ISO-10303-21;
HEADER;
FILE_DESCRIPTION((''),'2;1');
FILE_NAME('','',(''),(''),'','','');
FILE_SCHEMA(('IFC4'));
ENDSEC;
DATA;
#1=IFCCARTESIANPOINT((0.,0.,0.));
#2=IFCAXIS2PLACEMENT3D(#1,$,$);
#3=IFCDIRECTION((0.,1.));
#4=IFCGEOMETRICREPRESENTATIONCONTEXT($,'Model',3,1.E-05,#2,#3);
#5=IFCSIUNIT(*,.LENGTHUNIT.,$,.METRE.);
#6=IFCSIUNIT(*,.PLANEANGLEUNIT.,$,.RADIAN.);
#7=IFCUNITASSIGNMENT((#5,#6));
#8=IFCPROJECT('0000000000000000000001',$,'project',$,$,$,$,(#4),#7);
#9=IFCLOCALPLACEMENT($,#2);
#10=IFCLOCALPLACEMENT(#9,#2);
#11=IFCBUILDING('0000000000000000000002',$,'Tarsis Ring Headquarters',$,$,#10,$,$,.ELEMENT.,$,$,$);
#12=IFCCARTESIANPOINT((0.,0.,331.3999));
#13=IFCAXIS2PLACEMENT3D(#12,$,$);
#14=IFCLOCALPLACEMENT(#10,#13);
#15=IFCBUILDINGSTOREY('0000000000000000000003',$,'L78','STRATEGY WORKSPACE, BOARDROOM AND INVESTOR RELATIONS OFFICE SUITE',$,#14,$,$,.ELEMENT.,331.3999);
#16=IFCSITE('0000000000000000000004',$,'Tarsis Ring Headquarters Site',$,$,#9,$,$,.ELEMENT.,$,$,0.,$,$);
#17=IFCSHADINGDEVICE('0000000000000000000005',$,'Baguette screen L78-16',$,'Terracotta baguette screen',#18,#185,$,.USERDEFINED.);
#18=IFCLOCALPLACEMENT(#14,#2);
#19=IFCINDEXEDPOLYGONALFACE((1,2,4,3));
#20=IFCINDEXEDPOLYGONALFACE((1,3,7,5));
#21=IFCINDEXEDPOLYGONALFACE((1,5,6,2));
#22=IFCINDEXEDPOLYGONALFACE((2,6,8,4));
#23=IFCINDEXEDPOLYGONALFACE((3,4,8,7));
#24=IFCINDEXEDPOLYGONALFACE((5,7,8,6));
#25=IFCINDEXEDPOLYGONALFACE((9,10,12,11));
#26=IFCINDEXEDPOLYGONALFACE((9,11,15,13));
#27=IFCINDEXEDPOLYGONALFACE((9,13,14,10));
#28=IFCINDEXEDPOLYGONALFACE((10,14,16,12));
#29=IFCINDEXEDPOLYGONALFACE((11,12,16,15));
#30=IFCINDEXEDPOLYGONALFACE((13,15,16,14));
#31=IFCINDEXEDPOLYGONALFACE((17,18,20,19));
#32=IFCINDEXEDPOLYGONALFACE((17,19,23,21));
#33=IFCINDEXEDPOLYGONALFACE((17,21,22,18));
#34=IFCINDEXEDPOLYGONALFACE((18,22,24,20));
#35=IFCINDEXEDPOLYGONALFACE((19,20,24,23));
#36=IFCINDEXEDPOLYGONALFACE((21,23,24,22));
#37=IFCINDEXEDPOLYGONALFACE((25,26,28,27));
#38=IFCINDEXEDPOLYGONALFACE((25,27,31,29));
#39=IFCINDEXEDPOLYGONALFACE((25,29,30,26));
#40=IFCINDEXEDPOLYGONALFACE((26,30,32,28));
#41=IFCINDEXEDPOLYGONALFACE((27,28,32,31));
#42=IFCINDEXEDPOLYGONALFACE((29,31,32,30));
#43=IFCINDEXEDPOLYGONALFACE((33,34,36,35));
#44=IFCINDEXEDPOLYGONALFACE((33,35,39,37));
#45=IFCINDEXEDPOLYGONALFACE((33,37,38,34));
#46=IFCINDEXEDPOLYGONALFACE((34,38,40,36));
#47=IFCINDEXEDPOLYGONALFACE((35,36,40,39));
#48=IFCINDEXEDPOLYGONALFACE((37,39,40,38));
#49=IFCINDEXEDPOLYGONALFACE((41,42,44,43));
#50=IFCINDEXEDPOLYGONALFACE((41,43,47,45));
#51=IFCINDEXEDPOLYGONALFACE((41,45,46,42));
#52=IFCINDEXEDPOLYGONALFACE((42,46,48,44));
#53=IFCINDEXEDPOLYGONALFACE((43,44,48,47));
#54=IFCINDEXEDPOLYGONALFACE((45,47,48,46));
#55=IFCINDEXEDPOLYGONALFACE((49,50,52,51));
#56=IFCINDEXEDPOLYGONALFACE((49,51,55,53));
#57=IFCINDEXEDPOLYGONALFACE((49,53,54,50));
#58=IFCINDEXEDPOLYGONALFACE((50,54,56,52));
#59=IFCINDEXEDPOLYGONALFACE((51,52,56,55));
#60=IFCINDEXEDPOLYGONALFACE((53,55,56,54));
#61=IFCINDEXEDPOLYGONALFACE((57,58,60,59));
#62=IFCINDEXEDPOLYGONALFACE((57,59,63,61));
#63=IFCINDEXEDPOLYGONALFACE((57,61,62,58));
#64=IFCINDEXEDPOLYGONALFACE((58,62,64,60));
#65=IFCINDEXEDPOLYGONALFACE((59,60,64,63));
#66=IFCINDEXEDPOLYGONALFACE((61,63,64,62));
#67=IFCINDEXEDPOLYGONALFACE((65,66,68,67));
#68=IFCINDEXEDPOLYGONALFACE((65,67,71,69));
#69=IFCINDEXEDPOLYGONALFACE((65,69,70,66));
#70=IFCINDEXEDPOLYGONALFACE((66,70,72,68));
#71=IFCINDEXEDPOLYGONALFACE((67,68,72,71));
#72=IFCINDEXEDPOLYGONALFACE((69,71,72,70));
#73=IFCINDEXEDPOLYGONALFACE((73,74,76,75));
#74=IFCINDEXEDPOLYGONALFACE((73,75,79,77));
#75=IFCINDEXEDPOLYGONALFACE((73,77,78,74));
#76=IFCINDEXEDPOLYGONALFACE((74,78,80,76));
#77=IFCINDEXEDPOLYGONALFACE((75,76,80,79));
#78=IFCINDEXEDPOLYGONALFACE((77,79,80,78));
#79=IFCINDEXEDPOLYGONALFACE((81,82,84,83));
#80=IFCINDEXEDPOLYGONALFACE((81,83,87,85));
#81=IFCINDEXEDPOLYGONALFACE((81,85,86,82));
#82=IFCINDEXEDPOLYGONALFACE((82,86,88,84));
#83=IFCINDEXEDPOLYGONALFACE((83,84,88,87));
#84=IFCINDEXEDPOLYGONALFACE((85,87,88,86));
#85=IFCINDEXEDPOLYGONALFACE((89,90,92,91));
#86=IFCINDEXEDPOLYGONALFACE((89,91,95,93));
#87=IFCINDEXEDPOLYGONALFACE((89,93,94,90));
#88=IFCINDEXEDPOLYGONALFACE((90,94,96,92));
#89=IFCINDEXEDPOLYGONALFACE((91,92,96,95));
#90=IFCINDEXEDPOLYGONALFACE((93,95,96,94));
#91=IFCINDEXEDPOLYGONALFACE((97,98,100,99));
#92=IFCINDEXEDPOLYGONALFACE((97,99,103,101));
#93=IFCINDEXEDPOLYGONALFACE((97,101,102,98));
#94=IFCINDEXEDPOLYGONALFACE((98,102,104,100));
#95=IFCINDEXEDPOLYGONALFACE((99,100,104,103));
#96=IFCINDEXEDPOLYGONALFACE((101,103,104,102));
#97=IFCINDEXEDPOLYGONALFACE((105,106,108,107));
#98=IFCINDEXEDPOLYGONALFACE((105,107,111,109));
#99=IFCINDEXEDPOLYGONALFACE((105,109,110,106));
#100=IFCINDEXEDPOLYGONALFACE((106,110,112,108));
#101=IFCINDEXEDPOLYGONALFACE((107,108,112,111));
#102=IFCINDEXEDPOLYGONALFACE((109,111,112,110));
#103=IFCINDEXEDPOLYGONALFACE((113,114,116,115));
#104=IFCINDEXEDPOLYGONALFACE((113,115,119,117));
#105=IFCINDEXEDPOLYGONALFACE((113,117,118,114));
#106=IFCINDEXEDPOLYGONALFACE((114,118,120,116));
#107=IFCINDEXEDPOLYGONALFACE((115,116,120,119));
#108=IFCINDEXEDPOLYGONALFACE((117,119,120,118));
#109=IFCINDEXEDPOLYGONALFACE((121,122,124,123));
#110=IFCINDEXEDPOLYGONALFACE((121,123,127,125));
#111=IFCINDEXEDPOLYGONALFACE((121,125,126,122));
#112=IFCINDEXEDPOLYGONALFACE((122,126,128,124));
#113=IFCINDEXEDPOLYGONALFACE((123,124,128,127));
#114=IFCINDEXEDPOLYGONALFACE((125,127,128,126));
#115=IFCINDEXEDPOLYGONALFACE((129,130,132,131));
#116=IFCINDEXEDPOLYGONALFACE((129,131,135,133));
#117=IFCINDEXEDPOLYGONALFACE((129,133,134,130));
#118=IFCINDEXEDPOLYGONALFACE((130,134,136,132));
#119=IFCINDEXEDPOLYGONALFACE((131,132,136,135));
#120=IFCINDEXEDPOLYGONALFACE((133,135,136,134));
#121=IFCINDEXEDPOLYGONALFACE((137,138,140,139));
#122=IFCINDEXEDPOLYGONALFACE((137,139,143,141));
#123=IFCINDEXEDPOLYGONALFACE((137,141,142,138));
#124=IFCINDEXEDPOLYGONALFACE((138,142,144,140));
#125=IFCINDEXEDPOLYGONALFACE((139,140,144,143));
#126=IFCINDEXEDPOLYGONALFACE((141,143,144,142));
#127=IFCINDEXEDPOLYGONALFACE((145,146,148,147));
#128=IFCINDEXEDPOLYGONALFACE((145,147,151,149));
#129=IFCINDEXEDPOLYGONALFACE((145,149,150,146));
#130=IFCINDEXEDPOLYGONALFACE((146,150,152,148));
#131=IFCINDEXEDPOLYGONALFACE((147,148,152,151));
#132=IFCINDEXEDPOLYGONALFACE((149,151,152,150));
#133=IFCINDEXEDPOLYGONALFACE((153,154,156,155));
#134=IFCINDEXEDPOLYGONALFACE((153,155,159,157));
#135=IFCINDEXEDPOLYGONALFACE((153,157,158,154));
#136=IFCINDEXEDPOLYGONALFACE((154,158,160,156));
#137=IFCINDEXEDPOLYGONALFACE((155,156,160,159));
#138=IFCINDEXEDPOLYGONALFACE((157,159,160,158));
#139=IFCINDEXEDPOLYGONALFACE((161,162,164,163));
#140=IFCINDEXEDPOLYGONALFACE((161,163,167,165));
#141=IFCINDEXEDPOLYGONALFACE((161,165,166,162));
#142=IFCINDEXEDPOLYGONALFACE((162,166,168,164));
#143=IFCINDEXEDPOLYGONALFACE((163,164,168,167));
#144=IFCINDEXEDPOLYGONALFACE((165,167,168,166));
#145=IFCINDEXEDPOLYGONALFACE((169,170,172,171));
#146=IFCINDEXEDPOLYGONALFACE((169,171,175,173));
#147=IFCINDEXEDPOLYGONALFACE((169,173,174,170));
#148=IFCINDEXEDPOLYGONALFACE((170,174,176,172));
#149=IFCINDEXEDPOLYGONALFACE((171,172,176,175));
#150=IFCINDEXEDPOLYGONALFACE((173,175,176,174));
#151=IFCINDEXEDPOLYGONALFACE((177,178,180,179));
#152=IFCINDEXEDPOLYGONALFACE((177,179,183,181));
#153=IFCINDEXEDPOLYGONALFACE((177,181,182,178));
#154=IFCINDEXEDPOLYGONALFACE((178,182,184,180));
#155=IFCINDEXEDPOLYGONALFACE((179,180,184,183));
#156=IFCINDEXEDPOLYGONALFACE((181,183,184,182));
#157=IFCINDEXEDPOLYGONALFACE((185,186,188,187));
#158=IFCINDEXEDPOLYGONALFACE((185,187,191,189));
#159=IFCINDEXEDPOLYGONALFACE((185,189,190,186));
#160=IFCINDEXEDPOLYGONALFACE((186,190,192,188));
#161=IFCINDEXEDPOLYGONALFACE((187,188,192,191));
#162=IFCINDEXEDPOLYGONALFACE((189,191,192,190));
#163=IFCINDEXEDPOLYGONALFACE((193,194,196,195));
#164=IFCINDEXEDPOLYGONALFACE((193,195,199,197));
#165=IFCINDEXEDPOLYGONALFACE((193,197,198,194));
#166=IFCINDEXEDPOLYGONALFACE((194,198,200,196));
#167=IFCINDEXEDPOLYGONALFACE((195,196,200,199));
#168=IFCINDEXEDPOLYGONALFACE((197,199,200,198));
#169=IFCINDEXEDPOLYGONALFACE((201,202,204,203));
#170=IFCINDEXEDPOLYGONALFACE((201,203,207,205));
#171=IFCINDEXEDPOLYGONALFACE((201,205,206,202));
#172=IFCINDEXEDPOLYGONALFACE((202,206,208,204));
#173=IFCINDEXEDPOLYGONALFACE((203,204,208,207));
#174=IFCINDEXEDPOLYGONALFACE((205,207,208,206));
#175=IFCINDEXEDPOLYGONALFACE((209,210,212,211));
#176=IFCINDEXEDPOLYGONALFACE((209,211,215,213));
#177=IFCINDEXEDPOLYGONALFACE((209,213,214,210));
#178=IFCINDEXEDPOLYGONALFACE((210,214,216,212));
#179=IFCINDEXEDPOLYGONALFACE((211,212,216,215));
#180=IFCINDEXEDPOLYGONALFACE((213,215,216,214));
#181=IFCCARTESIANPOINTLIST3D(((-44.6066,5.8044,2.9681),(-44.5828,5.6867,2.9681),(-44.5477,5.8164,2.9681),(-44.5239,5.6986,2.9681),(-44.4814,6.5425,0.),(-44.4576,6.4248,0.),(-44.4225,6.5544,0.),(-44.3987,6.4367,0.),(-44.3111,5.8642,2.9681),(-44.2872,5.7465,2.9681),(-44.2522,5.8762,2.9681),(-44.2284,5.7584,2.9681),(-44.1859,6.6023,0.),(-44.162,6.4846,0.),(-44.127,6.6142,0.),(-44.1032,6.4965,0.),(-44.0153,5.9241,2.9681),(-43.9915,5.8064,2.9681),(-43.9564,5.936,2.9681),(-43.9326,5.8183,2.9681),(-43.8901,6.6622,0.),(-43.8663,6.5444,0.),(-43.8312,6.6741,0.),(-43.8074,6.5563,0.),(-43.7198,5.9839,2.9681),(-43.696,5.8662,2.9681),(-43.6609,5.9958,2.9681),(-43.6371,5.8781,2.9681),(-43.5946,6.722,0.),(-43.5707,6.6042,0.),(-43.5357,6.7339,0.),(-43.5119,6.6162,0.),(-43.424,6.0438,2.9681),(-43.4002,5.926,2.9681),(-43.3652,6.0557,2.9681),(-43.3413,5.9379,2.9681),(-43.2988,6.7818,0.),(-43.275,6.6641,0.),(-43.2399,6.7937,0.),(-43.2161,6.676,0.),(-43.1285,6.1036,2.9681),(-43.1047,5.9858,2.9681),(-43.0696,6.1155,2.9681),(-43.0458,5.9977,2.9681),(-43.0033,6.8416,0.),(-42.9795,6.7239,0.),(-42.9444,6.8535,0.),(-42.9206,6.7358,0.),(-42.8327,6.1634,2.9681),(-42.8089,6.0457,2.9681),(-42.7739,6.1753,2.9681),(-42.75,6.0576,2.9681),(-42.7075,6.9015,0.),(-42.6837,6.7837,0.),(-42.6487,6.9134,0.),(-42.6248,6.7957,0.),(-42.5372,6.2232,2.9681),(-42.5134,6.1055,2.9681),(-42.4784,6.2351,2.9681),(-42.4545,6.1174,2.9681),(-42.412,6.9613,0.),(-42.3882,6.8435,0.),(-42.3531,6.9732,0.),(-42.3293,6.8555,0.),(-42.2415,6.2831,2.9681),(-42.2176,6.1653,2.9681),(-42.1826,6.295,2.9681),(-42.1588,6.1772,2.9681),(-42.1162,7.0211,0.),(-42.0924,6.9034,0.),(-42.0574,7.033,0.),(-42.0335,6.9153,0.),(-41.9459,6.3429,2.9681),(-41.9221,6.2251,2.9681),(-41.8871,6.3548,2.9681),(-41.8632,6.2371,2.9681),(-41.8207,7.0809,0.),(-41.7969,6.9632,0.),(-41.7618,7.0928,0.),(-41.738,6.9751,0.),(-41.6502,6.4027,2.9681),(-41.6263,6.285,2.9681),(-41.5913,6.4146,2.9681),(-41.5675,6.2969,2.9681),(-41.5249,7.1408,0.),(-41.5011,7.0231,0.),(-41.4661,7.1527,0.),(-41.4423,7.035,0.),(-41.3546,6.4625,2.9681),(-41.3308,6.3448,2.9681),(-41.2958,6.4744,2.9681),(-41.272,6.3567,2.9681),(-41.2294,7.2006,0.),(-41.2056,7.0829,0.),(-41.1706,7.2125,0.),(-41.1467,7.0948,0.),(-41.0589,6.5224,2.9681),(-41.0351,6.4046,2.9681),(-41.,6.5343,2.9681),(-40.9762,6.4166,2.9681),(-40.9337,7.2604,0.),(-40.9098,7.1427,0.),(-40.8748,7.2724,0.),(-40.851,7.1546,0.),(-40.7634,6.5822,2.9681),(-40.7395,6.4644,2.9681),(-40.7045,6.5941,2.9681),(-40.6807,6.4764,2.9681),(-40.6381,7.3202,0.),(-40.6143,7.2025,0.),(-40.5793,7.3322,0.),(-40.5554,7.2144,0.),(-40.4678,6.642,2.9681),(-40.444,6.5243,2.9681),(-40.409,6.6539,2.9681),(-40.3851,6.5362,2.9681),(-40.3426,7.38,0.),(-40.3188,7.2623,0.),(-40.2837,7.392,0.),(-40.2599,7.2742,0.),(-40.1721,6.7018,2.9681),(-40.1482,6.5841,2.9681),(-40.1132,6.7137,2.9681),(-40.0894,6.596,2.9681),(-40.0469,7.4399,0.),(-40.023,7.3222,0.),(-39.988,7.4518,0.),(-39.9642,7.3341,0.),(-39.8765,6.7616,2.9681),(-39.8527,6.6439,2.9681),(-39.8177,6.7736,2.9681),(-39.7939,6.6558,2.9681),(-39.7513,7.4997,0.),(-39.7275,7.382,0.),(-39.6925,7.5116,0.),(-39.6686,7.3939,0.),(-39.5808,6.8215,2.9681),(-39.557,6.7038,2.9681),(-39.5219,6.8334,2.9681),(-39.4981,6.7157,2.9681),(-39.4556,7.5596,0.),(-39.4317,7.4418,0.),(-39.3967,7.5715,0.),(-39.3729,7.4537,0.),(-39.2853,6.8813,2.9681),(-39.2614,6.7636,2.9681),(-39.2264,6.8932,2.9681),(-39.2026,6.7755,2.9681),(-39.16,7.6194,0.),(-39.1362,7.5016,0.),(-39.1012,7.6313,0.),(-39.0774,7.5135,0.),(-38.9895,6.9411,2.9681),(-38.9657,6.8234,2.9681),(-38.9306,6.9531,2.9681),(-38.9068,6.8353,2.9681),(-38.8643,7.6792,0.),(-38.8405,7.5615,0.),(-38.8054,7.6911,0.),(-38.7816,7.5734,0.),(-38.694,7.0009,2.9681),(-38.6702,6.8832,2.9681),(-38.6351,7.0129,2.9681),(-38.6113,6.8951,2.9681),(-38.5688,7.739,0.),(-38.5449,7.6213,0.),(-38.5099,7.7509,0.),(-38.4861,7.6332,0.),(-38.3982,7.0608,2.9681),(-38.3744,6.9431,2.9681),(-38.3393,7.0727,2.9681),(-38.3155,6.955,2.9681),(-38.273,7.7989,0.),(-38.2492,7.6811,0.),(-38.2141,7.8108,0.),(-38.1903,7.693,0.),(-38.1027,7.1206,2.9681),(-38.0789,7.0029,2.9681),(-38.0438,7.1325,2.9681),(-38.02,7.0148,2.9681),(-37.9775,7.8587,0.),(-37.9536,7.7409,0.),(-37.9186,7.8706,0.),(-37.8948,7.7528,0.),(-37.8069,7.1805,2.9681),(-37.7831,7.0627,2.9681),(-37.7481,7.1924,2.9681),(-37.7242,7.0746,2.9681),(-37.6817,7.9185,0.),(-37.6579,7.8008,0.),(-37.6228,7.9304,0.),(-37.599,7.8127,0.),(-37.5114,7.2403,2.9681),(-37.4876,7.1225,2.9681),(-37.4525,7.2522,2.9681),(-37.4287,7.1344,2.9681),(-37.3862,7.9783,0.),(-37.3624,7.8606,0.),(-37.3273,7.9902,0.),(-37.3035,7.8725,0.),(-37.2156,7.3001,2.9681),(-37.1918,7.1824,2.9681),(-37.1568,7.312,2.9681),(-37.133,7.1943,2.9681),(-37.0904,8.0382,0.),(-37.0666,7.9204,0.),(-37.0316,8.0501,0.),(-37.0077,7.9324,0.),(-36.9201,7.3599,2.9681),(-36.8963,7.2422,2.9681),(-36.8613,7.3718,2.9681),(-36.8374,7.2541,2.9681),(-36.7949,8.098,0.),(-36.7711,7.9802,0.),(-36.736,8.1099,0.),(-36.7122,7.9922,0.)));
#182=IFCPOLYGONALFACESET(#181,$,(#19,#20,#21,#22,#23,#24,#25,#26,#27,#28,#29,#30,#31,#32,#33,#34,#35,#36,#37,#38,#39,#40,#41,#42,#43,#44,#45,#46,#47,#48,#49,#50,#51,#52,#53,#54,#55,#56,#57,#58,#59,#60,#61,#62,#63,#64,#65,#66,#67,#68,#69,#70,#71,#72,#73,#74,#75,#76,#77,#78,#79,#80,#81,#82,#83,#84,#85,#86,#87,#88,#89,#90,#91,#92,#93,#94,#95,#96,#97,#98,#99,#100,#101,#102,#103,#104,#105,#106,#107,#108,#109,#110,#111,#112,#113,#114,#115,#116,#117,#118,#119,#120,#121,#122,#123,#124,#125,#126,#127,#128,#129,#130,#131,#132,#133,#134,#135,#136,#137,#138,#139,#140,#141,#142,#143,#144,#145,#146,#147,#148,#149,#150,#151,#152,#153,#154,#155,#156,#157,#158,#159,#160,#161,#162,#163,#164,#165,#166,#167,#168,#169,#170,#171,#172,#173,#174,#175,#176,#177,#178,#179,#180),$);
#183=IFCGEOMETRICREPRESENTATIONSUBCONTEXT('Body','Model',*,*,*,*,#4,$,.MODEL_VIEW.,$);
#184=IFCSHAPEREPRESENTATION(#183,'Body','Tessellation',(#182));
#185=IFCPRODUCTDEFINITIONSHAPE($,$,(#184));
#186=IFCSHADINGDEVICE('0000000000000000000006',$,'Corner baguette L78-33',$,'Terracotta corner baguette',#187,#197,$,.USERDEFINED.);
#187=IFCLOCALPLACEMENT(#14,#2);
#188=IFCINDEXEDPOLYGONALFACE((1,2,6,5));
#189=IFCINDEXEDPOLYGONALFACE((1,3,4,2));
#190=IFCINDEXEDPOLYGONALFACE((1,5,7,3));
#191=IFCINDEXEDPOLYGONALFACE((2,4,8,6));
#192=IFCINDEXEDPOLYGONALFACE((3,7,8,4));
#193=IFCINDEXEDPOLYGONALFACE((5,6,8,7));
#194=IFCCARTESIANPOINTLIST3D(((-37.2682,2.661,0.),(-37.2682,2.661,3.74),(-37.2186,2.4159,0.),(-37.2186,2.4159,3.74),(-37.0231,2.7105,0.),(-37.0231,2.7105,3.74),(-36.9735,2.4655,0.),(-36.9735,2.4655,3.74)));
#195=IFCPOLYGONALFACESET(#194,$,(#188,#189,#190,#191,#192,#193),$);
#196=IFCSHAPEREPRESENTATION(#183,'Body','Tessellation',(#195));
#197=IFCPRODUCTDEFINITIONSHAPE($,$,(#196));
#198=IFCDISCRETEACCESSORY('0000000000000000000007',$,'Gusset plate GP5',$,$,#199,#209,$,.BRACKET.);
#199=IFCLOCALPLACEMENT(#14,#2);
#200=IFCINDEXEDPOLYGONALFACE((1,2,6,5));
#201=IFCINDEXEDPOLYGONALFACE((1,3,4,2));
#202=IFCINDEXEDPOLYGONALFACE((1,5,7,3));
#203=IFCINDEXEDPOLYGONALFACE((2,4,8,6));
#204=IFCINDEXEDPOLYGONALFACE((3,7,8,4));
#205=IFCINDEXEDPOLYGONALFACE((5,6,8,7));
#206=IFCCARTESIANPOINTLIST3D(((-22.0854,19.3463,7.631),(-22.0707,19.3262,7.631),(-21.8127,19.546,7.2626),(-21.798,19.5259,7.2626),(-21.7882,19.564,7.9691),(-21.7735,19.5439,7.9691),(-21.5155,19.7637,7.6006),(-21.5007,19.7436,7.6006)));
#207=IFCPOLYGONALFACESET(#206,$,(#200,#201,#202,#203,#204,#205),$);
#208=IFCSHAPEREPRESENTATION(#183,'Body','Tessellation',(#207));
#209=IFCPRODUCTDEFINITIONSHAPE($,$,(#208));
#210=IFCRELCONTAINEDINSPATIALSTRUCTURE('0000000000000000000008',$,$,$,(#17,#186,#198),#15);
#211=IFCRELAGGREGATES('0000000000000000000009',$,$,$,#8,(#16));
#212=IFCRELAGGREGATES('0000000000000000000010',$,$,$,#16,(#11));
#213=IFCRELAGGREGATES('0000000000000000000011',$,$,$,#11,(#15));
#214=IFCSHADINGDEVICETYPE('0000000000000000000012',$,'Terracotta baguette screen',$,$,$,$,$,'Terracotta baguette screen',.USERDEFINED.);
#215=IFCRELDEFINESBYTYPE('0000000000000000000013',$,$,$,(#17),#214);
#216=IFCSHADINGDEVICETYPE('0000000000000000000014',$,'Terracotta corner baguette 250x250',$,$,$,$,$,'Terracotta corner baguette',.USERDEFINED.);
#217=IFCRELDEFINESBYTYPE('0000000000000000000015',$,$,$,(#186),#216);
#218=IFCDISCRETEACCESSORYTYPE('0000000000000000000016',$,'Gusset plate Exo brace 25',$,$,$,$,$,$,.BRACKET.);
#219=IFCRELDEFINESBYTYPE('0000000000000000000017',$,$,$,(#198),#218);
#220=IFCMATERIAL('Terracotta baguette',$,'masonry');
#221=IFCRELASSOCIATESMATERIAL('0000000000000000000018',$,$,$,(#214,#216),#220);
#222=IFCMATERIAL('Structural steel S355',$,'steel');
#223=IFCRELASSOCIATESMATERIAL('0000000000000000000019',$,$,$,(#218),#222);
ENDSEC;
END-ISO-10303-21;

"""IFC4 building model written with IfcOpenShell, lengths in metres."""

from ifc_helpers import new_model, si_unit, direction, frame, frame_2d, origin, origin_2d, place, context, subcontext, project, spatial, rectangle, composite_profile, extrude, material, material_profile, profile_set, type_object, element, save


model = new_model("IFC4")

# Units and contexts
model_context = context("Model", 3, precision=1e-05, world=origin(), true_north=direction((0.0, 1.0)))
body_context = subcontext(model_context, "Body", "Model", "MODEL_VIEW")
ifc_project = project(units=[si_unit("LENGTHUNIT", "METRE"), si_unit("PLANEANGLEUNIT", "RADIAN")], contexts=[model_context])

# Site, building, storey
site_placement = place(None, origin())
site = spatial("IfcSite", under=ifc_project, at=site_placement, Name="Tarsis Ring Headquarters Site", CompositionType="ELEMENT", RefElevation=0.0)
building_placement = place(site_placement, origin())
building = spatial("IfcBuilding", under=site, at=building_placement, Name="Tarsis Ring Headquarters", CompositionType="ELEMENT")
storey_placement = place(building_placement, frame((0.0, 0.0, 331.3999)))
storey = spatial("IfcBuildingStorey", under=building, at=storey_placement, Name="L78", Description="STRATEGY WORKSPACE, BOARDROOM AND INVESTOR RELATIONS OFFICE SUITE", CompositionType="ELEMENT", Elevation=331.3999)

# Shared definitions
ifc_material_1 = material(Name="Structural steel S355", Category="steel")

# Shading devices
ifc_material_2 = material(Name="Terracotta baguette", Category="masonry")
shading_device_type_1 = type_object("IfcShadingDeviceType", Name="Terracotta baguette screen", ElementType="Terracotta baguette screen", PredefinedType="USERDEFINED", material=ifc_material_2)
shading_device_1_placement = place(storey_placement, frame((-36.7241, 8.051, 0.0), z_axis=(0.0, 0.0, 1.0), x_axis=(-0.980135, -0.198344, 0.0)))
element("IfcShadingDevice", 1, at=shading_device_1_placement, inside=storey, type_object=shading_device_type_1, Name="Baguette screen L78-16", ObjectType="Terracotta baguette screen", PredefinedType="USERDEFINED", context=body_context, shape_type="SweptSolid", body=[
    extrude(composite_profile([rectangle(XDim=0.0601, YDim=0.1201, at=frame_2d((0.03, 0.0))), rectangle(XDim=0.0601, YDim=0.1201, at=frame_2d((0.3315, 0.0))), rectangle(XDim=0.0601, YDim=0.1201, at=frame_2d((0.6333, 0.0))), rectangle(XDim=0.0601, YDim=0.1201, at=frame_2d((0.9348, 0.0))), rectangle(XDim=0.0601, YDim=0.1201, at=frame_2d((1.2366, 0.0))), rectangle(XDim=0.0601, YDim=0.1201, at=frame_2d((1.5381, 0.0))), rectangle(XDim=0.0601, YDim=0.1201, at=frame_2d((1.8398, 0.0))), rectangle(XDim=0.0601, YDim=0.1201, at=frame_2d((2.1414, 0.0))), rectangle(XDim=0.0601, YDim=0.1201, at=frame_2d((2.4431, 0.0))), rectangle(XDim=0.0601, YDim=0.1201, at=frame_2d((2.7446, 0.0))), rectangle(XDim=0.0601, YDim=0.1201, at=frame_2d((3.0464, 0.0))), rectangle(XDim=0.0601, YDim=0.1201, at=frame_2d((3.3479, 0.0))), rectangle(XDim=0.0601, YDim=0.1201, at=frame_2d((3.6497, 0.0))), rectangle(XDim=0.0601, YDim=0.1201, at=frame_2d((3.9512, 0.0))), rectangle(XDim=0.0601, YDim=0.1201, at=frame_2d((4.2527, 0.0))), rectangle(XDim=0.0601, YDim=0.1201, at=frame_2d((4.5544, 0.0))), rectangle(XDim=0.0601, YDim=0.1201, at=frame_2d((4.856, 0.0))), rectangle(XDim=0.0601, YDim=0.1201, at=frame_2d((5.1577, 0.0))), rectangle(XDim=0.0601, YDim=0.1201, at=frame_2d((5.4592, 0.0))), rectangle(XDim=0.0601, YDim=0.1201, at=frame_2d((5.761, 0.0))), rectangle(XDim=0.0601, YDim=0.1201, at=frame_2d((6.0625, 0.0))), rectangle(XDim=0.0601, YDim=0.1201, at=frame_2d((6.3643, 0.0))), rectangle(XDim=0.0601, YDim=0.1201, at=frame_2d((6.6658, 0.0))), rectangle(XDim=0.0601, YDim=0.1201, at=frame_2d((6.9675, 0.0))), rectangle(XDim=0.0601, YDim=0.1201, at=frame_2d((7.269, 0.0))), rectangle(XDim=0.0601, YDim=0.1201, at=frame_2d((7.5708, 0.0))), rectangle(XDim=0.0601, YDim=0.1201, at=frame_2d((7.8723, 0.0)))]), origin(), (0.087919, 0.228212, 0.969634), 3.061),
])
shading_device_type_2 = type_object("IfcShadingDeviceType", Name="Terracotta corner baguette 250x250", ElementType="Terracotta corner baguette", PredefinedType="USERDEFINED", material=ifc_material_2)
shading_device_2_placement = place(storey_placement, frame((-37.1208, 2.5632, 0.0), z_axis=(0.0, 0.0, 1.0), x_axis=(0.198341, -0.980133, 0.0)))
element("IfcShadingDevice", 2, at=shading_device_2_placement, inside=storey, type_object=shading_device_type_2, Name="Corner baguette L78-33", ObjectType="Terracotta corner baguette", PredefinedType="USERDEFINED", context=body_context, shape_type="SweptSolid", body=[
    extrude(rectangle(XDim=0.25, YDim=0.25, at=origin_2d()), origin(), (0.0, 0.0, 1.0), 3.74),
])

# Discrete accessory
ifc_material_profile_1 = material_profile(ifc_material_1, rectangle(XDim=0.0249, YDim=0.5, at=origin_2d()), Name="PL 25x500")
ifc_profile_set_1 = profile_set([ifc_material_profile_1], Name="Structural steel S355")
discrete_accessory_type = type_object("IfcDiscreteAccessoryType", Name="Gusset plate Exo brace 25", PredefinedType="BRACKET", material=ifc_profile_set_1)
for number, where, z_axis, x_axis, name in (
    (3, (-21.9294, 19.4451, 7.8), (0.545437, 0.399434, -0.736852), (-0.590831, 0.806795, 0.0), "Gusset plate GP5"),
):
    element("IfcDiscreteAccessory", number, at=place(storey_placement, frame(where, z_axis=z_axis, x_axis=x_axis)), inside=storey, type_object=discrete_accessory_type, Name=name, PredefinedType="BRACKET", context=body_context, shape_type="SweptSolid", body=[
        extrude(rectangle(XDim=0.0249, YDim=0.5, at=origin_2d()), origin(), (0.0, 0.0, 1.0), 0.5),
    ])

save(model, "model.ifc")
